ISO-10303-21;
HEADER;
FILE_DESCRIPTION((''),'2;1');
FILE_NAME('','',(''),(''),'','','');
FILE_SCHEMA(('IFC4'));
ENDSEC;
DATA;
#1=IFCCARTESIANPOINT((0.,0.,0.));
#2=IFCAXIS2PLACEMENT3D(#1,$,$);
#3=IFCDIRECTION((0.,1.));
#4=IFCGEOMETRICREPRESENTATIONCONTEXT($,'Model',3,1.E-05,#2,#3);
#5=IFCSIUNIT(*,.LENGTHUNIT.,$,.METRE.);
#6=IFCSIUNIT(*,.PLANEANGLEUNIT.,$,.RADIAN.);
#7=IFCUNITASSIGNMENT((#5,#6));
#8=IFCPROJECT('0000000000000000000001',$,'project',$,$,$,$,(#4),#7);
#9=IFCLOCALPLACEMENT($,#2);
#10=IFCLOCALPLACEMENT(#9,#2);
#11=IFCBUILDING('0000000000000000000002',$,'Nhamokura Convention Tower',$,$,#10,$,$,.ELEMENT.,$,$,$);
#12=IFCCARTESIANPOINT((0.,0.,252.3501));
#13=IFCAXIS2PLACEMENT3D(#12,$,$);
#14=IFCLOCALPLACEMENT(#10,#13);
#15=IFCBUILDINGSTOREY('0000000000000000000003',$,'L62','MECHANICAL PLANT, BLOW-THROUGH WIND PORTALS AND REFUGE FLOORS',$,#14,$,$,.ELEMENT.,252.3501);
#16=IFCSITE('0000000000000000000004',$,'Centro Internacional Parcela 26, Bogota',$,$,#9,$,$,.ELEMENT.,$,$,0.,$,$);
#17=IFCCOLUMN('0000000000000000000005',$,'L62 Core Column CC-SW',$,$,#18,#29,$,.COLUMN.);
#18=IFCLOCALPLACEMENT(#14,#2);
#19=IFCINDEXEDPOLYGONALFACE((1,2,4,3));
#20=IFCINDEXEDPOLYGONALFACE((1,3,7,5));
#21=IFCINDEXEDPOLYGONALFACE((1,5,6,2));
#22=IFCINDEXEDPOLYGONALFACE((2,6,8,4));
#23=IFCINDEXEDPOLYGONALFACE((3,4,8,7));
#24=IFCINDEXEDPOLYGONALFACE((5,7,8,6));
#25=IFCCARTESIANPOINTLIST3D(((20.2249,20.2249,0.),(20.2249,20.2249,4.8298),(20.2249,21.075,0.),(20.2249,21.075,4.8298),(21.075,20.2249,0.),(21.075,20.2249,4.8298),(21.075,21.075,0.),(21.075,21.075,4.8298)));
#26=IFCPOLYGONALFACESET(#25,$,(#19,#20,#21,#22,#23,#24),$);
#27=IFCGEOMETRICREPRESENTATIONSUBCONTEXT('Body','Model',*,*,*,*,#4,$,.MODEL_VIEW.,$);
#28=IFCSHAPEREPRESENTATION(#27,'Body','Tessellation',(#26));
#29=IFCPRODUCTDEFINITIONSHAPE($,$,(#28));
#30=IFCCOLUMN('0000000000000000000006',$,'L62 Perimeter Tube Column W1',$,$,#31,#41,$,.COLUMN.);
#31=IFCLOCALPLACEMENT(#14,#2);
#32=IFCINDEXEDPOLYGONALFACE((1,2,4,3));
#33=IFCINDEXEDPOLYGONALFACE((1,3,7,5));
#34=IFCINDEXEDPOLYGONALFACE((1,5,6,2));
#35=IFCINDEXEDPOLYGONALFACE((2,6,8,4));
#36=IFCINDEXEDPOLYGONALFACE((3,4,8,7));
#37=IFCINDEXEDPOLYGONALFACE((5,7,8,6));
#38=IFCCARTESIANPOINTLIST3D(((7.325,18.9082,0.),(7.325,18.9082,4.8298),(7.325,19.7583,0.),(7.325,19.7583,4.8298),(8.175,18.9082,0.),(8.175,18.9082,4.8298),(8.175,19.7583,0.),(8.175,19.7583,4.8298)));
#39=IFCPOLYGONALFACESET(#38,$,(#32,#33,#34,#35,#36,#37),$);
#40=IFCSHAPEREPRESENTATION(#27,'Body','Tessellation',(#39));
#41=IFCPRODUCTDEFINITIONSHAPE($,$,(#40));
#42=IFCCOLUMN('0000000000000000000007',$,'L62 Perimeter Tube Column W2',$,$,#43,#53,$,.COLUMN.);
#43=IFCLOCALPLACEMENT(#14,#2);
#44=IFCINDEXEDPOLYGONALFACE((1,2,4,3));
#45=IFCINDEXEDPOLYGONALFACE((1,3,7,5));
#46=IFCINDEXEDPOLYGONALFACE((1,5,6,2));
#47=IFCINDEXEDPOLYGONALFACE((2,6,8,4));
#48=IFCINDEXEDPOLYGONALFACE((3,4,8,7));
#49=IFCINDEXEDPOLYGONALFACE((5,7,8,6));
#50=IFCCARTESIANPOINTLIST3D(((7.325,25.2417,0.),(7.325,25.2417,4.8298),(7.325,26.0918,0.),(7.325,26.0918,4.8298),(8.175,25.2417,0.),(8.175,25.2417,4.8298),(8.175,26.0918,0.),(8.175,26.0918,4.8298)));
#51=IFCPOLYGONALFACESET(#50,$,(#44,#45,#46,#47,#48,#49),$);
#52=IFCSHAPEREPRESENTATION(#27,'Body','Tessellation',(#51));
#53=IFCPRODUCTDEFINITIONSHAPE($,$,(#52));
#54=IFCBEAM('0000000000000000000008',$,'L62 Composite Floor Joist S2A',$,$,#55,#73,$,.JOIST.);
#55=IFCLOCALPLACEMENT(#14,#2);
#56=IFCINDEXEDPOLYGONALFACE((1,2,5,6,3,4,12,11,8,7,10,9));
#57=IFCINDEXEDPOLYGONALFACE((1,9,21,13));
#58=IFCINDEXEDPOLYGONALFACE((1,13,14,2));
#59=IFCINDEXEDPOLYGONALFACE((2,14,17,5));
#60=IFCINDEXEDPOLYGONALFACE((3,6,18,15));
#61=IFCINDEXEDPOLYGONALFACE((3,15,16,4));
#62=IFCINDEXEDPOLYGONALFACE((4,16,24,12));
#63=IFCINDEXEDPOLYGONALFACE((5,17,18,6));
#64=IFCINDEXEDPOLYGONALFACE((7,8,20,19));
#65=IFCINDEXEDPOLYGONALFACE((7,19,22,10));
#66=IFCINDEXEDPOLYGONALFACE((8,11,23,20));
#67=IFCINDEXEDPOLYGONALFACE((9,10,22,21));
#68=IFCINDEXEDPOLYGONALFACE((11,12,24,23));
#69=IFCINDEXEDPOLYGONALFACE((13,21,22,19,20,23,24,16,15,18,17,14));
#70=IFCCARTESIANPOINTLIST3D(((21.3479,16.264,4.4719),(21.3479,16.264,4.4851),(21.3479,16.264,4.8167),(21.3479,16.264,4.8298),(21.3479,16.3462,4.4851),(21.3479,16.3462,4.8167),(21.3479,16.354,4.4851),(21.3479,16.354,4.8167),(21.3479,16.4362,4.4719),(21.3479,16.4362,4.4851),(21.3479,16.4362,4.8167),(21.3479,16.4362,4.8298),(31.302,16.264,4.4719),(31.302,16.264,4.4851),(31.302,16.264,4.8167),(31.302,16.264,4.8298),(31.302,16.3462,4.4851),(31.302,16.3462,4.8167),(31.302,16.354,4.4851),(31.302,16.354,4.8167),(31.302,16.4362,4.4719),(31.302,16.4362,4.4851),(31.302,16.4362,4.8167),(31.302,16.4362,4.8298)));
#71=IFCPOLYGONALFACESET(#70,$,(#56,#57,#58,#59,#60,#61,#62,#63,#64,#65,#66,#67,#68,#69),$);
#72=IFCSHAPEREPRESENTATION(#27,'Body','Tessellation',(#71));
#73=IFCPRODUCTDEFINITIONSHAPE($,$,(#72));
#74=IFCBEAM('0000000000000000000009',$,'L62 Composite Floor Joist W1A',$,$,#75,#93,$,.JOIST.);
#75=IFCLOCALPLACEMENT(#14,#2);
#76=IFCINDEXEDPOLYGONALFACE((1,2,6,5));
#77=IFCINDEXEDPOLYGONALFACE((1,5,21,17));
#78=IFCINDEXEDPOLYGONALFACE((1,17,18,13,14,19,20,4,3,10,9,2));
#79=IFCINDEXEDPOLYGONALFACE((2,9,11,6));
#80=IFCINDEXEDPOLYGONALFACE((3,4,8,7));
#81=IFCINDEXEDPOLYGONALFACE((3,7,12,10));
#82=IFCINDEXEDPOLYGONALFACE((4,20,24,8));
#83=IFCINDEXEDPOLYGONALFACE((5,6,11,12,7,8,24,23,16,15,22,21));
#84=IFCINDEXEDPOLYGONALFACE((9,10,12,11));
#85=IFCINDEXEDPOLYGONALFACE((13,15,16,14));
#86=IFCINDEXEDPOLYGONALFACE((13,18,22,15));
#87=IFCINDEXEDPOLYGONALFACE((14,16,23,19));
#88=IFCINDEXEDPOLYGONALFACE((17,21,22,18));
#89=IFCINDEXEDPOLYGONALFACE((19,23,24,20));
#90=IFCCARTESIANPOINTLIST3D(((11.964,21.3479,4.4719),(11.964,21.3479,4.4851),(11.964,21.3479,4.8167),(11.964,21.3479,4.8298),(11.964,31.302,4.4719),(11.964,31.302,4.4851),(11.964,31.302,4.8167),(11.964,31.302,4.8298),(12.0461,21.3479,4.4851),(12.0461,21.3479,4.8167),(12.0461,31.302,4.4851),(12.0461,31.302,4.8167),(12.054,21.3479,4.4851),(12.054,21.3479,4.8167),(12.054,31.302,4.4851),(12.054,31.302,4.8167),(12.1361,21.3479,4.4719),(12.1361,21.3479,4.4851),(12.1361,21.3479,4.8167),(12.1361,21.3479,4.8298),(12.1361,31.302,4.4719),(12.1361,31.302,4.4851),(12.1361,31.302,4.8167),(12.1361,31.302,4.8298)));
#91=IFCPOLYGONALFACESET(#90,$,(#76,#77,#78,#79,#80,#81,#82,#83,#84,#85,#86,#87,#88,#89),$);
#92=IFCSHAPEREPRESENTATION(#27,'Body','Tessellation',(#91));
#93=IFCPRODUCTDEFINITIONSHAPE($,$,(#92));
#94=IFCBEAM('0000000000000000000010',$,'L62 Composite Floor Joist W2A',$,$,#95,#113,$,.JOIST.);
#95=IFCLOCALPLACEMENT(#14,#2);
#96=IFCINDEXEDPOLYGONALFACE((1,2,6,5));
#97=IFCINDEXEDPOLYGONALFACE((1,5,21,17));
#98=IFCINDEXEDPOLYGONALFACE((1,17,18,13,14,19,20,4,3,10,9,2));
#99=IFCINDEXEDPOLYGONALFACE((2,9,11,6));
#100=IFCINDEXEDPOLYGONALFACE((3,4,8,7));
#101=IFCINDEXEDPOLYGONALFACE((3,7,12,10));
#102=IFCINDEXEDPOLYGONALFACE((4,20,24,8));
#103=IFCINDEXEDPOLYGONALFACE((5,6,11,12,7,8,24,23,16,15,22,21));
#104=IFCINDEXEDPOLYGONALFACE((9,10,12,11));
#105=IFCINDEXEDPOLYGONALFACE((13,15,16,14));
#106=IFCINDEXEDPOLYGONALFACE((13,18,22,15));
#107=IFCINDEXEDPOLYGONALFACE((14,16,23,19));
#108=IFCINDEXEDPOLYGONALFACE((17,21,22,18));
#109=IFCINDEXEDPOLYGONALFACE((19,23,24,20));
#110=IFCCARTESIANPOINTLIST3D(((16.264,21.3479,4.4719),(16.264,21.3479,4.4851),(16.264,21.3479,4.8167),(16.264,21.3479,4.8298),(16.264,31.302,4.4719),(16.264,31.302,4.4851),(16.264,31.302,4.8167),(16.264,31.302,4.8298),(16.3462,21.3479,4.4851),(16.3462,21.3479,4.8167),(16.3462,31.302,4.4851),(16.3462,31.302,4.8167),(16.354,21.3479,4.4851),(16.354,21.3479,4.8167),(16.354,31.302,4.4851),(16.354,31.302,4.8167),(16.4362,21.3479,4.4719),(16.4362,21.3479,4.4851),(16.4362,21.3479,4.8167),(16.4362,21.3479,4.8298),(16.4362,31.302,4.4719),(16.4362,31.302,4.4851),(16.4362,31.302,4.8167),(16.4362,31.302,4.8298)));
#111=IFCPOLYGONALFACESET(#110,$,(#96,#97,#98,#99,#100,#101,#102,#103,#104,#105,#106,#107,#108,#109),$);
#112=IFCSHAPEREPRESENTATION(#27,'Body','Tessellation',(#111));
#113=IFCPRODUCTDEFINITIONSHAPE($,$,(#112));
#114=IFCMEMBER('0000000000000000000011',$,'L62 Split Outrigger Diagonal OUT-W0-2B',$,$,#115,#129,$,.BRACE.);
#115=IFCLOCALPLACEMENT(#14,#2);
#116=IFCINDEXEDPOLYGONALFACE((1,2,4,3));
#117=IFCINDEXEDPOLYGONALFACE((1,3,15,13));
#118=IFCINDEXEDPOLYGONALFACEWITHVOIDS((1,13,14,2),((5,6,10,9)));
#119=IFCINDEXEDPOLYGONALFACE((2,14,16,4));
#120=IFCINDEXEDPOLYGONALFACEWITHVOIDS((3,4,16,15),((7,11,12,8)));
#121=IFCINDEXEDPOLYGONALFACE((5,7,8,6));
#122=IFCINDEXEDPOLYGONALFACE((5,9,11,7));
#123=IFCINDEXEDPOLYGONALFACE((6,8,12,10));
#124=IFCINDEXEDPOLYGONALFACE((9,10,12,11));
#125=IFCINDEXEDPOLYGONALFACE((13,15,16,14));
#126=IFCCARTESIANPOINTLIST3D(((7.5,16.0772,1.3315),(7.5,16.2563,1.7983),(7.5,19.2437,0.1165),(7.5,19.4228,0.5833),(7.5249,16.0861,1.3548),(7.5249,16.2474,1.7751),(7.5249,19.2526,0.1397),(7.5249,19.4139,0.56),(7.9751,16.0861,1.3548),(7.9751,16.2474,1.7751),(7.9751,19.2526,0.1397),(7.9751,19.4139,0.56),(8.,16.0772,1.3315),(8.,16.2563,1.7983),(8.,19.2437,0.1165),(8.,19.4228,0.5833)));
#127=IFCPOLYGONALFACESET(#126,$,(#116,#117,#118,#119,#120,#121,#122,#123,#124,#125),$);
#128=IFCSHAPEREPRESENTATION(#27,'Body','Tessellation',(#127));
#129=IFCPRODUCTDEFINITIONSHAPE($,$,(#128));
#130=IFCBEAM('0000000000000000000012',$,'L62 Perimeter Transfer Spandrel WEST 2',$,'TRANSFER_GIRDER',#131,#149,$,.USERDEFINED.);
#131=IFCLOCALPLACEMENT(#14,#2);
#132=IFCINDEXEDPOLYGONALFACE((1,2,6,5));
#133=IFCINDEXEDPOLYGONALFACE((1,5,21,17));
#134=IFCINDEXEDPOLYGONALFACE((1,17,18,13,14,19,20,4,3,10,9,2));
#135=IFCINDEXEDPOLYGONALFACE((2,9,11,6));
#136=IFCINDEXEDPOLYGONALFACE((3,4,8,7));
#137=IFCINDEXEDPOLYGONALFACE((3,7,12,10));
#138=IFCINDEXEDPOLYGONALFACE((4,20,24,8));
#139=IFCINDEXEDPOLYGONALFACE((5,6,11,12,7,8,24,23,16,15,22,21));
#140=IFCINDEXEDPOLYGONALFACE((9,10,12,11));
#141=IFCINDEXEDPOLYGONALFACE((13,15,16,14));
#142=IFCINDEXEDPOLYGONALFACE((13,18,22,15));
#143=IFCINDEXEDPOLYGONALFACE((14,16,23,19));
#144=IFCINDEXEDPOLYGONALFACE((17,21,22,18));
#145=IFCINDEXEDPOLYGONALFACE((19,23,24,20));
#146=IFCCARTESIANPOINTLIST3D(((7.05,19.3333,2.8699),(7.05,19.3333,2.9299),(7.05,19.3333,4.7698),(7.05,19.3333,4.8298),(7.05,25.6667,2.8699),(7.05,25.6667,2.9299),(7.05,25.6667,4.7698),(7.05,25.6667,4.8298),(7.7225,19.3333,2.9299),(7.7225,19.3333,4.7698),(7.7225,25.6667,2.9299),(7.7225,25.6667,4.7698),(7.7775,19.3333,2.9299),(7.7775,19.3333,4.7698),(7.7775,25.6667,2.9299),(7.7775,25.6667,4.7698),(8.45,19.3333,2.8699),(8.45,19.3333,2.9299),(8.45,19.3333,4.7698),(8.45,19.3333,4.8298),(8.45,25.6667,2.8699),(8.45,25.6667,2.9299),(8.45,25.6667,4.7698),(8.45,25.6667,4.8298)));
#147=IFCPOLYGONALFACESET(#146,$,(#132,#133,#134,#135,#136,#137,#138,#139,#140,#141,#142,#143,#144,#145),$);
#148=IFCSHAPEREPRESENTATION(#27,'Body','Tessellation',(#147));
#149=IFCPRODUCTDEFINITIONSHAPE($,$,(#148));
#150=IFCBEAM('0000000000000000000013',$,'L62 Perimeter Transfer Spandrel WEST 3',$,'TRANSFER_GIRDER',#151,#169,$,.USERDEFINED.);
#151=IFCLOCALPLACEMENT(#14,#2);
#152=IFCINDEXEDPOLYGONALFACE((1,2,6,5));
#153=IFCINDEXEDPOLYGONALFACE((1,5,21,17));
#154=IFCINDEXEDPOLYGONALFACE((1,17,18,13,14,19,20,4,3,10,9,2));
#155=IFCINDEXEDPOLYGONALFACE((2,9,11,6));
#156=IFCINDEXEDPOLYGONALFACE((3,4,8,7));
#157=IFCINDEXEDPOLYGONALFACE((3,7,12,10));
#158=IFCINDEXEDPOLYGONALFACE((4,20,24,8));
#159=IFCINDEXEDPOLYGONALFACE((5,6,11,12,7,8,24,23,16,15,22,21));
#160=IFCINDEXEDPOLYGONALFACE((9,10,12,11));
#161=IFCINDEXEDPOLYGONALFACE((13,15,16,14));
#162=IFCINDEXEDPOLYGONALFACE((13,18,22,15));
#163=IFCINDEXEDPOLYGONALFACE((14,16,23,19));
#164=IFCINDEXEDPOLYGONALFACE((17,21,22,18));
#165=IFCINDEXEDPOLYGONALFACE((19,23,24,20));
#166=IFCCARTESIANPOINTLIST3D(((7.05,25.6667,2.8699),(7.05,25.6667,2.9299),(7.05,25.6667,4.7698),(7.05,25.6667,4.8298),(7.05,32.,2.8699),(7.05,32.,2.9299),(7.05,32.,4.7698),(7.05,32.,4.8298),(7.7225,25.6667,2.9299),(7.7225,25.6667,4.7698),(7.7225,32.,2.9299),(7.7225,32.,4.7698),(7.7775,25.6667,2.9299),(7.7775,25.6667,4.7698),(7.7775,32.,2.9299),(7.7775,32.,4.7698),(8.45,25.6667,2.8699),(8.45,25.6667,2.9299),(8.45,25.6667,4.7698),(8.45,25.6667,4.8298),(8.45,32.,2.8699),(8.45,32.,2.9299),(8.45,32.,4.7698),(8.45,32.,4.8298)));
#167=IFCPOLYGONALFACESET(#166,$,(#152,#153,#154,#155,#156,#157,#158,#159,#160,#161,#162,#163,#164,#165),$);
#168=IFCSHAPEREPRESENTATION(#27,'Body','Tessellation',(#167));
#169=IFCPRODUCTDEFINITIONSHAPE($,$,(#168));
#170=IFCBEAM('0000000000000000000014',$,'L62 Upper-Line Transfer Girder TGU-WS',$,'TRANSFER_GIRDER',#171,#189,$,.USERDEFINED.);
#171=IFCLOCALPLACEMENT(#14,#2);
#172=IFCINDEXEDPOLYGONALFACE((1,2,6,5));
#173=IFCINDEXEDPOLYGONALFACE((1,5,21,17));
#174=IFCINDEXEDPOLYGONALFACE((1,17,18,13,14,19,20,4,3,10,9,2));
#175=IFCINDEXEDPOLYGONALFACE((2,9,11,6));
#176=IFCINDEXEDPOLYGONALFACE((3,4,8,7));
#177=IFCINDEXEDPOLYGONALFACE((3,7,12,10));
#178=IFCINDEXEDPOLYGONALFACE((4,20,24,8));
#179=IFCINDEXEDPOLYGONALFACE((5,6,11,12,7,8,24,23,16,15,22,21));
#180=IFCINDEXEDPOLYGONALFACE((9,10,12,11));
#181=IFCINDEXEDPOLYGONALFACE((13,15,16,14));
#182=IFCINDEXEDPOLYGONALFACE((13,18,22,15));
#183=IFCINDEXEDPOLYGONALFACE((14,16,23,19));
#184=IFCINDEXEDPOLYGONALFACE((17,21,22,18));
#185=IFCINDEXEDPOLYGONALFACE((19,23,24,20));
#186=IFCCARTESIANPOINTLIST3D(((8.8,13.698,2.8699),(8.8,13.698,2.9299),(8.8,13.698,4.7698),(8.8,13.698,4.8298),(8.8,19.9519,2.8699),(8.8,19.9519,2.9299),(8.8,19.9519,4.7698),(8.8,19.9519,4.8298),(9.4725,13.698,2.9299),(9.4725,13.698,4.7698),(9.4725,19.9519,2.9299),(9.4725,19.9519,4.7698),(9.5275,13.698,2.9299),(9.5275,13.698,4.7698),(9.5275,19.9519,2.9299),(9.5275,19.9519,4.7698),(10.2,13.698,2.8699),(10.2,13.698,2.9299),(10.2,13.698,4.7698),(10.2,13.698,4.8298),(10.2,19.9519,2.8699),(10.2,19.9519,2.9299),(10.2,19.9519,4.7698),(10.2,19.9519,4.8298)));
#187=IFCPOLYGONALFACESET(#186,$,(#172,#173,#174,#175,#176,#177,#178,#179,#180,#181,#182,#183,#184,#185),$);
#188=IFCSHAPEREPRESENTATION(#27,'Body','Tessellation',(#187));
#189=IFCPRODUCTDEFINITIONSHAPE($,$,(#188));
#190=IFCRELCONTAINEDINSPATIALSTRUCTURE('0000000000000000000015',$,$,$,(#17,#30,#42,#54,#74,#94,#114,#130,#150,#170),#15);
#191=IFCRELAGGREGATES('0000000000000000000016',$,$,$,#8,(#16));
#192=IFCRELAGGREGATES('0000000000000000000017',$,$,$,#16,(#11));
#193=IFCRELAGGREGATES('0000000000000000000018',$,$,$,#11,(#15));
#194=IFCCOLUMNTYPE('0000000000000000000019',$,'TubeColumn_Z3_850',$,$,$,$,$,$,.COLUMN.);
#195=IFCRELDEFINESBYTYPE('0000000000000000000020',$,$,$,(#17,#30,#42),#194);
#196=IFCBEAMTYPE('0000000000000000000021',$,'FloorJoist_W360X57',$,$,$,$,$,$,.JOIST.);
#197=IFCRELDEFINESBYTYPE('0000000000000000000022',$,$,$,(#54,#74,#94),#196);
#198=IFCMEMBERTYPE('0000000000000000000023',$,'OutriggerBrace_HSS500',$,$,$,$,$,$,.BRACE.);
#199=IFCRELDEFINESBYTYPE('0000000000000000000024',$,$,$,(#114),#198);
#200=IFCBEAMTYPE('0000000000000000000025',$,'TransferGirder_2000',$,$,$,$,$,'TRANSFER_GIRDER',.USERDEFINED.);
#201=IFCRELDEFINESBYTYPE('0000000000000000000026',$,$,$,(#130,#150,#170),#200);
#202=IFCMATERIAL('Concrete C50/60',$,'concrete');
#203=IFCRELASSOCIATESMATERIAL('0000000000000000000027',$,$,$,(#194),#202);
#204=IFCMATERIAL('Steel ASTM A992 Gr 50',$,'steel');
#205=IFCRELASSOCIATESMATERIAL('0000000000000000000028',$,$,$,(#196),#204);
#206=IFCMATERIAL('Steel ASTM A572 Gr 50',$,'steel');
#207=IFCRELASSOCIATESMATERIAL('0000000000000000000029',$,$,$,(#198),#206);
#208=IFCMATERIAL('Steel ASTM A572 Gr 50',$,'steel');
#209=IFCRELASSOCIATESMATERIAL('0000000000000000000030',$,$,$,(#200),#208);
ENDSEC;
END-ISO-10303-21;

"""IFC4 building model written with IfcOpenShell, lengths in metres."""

from ifc_helpers import new_model, si_unit, direction, frame, origin, origin_2d, place, context, subcontext, project, spatial, rectangle, hollow_rectangle, i_section, extrude, material, material_profile, profile_set, type_object, element, save


model = new_model("IFC4")

# Units and contexts
model_context = context("Model", 3, precision=1e-05, world=origin(), true_north=direction((0.0, 1.0)))
body_context = subcontext(model_context, "Body", "Model", "MODEL_VIEW")
ifc_project = project(units=[si_unit("LENGTHUNIT", "METRE"), si_unit("PLANEANGLEUNIT", "RADIAN")], contexts=[model_context])

# Site, building, storey
site_placement = place(None, origin())
site = spatial("IfcSite", under=ifc_project, at=site_placement, Name="Centro Internacional Parcela 26, Bogota", CompositionType="ELEMENT", RefElevation=0.0)
building_placement = place(site_placement, origin())
building = spatial("IfcBuilding", under=site, at=building_placement, Name="Nhamokura Convention Tower", CompositionType="ELEMENT")
storey_placement = place(building_placement, frame((0.0, 0.0, 252.3501)))
storey = spatial("IfcBuildingStorey", under=building, at=storey_placement, Name="L62", Description="MECHANICAL PLANT, BLOW-THROUGH WIND PORTALS AND REFUGE FLOORS", CompositionType="ELEMENT", Elevation=252.3501)

# Columns
ifc_material_1 = material(Name="Concrete C50/60", Category="concrete")
ifc_material_profile_1 = material_profile(ifc_material_1, rectangle(XDim=0.8501, YDim=0.8501, at=origin_2d()))
ifc_profile_set_1 = profile_set([ifc_material_profile_1], Name="Concrete C50/60")
column_type = type_object("IfcColumnType", Name="TubeColumn_Z3_850", PredefinedType="COLUMN", material=ifc_profile_set_1)
for number, where, z_axis, x_axis, name in (
    (1, (20.6499, 20.6499, 0.0), (0.0, 0.0, 1.0), (1.0, 0.0, 0.0), "L62 Core Column CC-SW"),
    (2, (7.75, 19.3333, 0.0), (0.0, 0.0, 1.0), (1.0, 0.0, 0.0), "L62 Perimeter Tube Column W1"),
    (3, (7.75, 25.6667, 0.0), (0.0, 0.0, 1.0), (1.0, 0.0, 0.0), "L62 Perimeter Tube Column W2"),
):
    element("IfcColumn", number, at=place(storey_placement, frame(where, z_axis=z_axis, x_axis=x_axis)), inside=storey, type_object=column_type, Name=name, PredefinedType="COLUMN", context=body_context, shape_type="SweptSolid", body=[
        extrude(rectangle(XDim=0.8501, YDim=0.8501, at=origin_2d()), origin(), (0.0, 0.0, 1.0), 4.8298),
    ])

# Beams
ifc_material_2 = material(Name="Steel ASTM A992 Gr 50", Category="steel")
ifc_material_profile_2 = material_profile(ifc_material_2, i_section(OverallWidth=0.1721, OverallDepth=0.3579, WebThickness=0.0078, FlangeThickness=0.0132, at=origin_2d()))
ifc_profile_set_2 = profile_set([ifc_material_profile_2], Name="Steel ASTM A992 Gr 50")
beam_type_1 = type_object("IfcBeamType", Name="FloorJoist_W360X57", PredefinedType="JOIST", material=ifc_profile_set_2)
for number, where, z_axis, x_axis, name in (
    (4, (21.3479, 16.3501, 4.6509), (1.0, 0.0, 0.0), (0.0, 1.0, 0.0), "L62 Composite Floor Joist S2A"),
    (5, (12.05, 21.3479, 4.6509), (0.0, 1.0, 0.0), (-1.0, 0.0, 0.0), "L62 Composite Floor Joist W1A"),
    (6, (16.3501, 21.3479, 4.6509), (0.0, 1.0, 0.0), (-1.0, 0.0, 0.0), "L62 Composite Floor Joist W2A"),
):
    element("IfcBeam", number, at=place(storey_placement, frame(where, z_axis=z_axis, x_axis=x_axis)), inside=storey, type_object=beam_type_1, Name=name, PredefinedType="JOIST", context=body_context, shape_type="SweptSolid", body=[
        extrude(i_section(OverallWidth=0.1721, OverallDepth=0.3579, WebThickness=0.0078, FlangeThickness=0.0132, at=origin_2d()), origin(), (0.0, 0.0, 1.0), 9.9541),
    ])

# Member
ifc_material_3 = material(Name="Steel ASTM A572 Gr 50", Category="steel")
ifc_material_profile_3 = material_profile(ifc_material_3, hollow_rectangle(XDim=0.5, YDim=0.5, WallThickness=0.0249, at=origin_2d()))
ifc_profile_set_3 = profile_set([ifc_material_profile_3], Name="Steel ASTM A572 Gr 50")
member_type = type_object("IfcMemberType", Name="OutriggerBrace_HSS500", PredefinedType="BRACE", material=ifc_profile_set_3)
member_placement = place(storey_placement, frame((7.75, 16.1667, 1.5649), z_axis=(0.0, 0.933622, -0.35826), x_axis=(-1.0, 0.0, 0.0)))
element("IfcMember", 7, at=member_placement, inside=storey, type_object=member_type, Name="L62 Split Outrigger Diagonal OUT-W0-2B", PredefinedType="BRACE", context=body_context, shape_type="SweptSolid", body=[
    extrude(hollow_rectangle(XDim=0.5, YDim=0.5, WallThickness=0.0249, at=origin_2d()), origin(), (0.0, 0.0, 1.0), 3.3916),
])

# Beams
ifc_material_4 = material(Name="Steel ASTM A572 Gr 50", Category="steel")
ifc_material_profile_4 = material_profile(ifc_material_4, i_section(OverallWidth=1.3999, OverallDepth=1.96, WebThickness=0.0549, FlangeThickness=0.0601, at=origin_2d()))
ifc_profile_set_4 = profile_set([ifc_material_profile_4], Name="Steel ASTM A572 Gr 50")
beam_type_2 = type_object("IfcBeamType", Name="TransferGirder_2000", ElementType="TRANSFER_GIRDER", PredefinedType="USERDEFINED", material=ifc_profile_set_4)
beam_1_placement = place(storey_placement, frame((7.75, 19.3333, 3.8499), z_axis=(0.0, 1.0, 0.0), x_axis=(-1.0, 0.0, 0.0)))
element("IfcBeam", 8, at=beam_1_placement, inside=storey, type_object=beam_type_2, Name="L62 Perimeter Transfer Spandrel WEST 2", ObjectType="TRANSFER_GIRDER", PredefinedType="USERDEFINED", context=body_context, shape_type="SweptSolid", body=[
    extrude(i_section(OverallWidth=1.3999, OverallDepth=1.96, WebThickness=0.0549, FlangeThickness=0.0601, at=origin_2d()), origin(), (0.0, 0.0, 1.0), 6.3335),
])
beam_2_placement = place(storey_placement, frame((7.75, 25.6667, 3.8499), z_axis=(0.0, 1.0, 0.0), x_axis=(-1.0, 0.0, 0.0)))
element("IfcBeam", 9, at=beam_2_placement, inside=storey, type_object=beam_type_2, Name="L62 Perimeter Transfer Spandrel WEST 3", ObjectType="TRANSFER_GIRDER", PredefinedType="USERDEFINED", context=body_context, shape_type="SweptSolid", body=[
    extrude(i_section(OverallWidth=1.3999, OverallDepth=1.96, WebThickness=0.0549, FlangeThickness=0.0601, at=origin_2d()), origin(), (0.0, 0.0, 1.0), 6.3333),
])
beam_3_placement = place(storey_placement, frame((9.5, 13.698, 3.8499), z_axis=(0.0, 1.0, 0.0), x_axis=(-1.0, 0.0, 0.0)))
element("IfcBeam", 10, at=beam_3_placement, inside=storey, type_object=beam_type_2, Name="L62 Upper-Line Transfer Girder TGU-WS", ObjectType="TRANSFER_GIRDER", PredefinedType="USERDEFINED", context=body_context, shape_type="SweptSolid", body=[
    extrude(i_section(OverallWidth=1.3999, OverallDepth=1.96, WebThickness=0.0549, FlangeThickness=0.0601, at=origin_2d()), origin(), (0.0, 0.0, 1.0), 6.2539),
])

save(model, "model.ifc")
